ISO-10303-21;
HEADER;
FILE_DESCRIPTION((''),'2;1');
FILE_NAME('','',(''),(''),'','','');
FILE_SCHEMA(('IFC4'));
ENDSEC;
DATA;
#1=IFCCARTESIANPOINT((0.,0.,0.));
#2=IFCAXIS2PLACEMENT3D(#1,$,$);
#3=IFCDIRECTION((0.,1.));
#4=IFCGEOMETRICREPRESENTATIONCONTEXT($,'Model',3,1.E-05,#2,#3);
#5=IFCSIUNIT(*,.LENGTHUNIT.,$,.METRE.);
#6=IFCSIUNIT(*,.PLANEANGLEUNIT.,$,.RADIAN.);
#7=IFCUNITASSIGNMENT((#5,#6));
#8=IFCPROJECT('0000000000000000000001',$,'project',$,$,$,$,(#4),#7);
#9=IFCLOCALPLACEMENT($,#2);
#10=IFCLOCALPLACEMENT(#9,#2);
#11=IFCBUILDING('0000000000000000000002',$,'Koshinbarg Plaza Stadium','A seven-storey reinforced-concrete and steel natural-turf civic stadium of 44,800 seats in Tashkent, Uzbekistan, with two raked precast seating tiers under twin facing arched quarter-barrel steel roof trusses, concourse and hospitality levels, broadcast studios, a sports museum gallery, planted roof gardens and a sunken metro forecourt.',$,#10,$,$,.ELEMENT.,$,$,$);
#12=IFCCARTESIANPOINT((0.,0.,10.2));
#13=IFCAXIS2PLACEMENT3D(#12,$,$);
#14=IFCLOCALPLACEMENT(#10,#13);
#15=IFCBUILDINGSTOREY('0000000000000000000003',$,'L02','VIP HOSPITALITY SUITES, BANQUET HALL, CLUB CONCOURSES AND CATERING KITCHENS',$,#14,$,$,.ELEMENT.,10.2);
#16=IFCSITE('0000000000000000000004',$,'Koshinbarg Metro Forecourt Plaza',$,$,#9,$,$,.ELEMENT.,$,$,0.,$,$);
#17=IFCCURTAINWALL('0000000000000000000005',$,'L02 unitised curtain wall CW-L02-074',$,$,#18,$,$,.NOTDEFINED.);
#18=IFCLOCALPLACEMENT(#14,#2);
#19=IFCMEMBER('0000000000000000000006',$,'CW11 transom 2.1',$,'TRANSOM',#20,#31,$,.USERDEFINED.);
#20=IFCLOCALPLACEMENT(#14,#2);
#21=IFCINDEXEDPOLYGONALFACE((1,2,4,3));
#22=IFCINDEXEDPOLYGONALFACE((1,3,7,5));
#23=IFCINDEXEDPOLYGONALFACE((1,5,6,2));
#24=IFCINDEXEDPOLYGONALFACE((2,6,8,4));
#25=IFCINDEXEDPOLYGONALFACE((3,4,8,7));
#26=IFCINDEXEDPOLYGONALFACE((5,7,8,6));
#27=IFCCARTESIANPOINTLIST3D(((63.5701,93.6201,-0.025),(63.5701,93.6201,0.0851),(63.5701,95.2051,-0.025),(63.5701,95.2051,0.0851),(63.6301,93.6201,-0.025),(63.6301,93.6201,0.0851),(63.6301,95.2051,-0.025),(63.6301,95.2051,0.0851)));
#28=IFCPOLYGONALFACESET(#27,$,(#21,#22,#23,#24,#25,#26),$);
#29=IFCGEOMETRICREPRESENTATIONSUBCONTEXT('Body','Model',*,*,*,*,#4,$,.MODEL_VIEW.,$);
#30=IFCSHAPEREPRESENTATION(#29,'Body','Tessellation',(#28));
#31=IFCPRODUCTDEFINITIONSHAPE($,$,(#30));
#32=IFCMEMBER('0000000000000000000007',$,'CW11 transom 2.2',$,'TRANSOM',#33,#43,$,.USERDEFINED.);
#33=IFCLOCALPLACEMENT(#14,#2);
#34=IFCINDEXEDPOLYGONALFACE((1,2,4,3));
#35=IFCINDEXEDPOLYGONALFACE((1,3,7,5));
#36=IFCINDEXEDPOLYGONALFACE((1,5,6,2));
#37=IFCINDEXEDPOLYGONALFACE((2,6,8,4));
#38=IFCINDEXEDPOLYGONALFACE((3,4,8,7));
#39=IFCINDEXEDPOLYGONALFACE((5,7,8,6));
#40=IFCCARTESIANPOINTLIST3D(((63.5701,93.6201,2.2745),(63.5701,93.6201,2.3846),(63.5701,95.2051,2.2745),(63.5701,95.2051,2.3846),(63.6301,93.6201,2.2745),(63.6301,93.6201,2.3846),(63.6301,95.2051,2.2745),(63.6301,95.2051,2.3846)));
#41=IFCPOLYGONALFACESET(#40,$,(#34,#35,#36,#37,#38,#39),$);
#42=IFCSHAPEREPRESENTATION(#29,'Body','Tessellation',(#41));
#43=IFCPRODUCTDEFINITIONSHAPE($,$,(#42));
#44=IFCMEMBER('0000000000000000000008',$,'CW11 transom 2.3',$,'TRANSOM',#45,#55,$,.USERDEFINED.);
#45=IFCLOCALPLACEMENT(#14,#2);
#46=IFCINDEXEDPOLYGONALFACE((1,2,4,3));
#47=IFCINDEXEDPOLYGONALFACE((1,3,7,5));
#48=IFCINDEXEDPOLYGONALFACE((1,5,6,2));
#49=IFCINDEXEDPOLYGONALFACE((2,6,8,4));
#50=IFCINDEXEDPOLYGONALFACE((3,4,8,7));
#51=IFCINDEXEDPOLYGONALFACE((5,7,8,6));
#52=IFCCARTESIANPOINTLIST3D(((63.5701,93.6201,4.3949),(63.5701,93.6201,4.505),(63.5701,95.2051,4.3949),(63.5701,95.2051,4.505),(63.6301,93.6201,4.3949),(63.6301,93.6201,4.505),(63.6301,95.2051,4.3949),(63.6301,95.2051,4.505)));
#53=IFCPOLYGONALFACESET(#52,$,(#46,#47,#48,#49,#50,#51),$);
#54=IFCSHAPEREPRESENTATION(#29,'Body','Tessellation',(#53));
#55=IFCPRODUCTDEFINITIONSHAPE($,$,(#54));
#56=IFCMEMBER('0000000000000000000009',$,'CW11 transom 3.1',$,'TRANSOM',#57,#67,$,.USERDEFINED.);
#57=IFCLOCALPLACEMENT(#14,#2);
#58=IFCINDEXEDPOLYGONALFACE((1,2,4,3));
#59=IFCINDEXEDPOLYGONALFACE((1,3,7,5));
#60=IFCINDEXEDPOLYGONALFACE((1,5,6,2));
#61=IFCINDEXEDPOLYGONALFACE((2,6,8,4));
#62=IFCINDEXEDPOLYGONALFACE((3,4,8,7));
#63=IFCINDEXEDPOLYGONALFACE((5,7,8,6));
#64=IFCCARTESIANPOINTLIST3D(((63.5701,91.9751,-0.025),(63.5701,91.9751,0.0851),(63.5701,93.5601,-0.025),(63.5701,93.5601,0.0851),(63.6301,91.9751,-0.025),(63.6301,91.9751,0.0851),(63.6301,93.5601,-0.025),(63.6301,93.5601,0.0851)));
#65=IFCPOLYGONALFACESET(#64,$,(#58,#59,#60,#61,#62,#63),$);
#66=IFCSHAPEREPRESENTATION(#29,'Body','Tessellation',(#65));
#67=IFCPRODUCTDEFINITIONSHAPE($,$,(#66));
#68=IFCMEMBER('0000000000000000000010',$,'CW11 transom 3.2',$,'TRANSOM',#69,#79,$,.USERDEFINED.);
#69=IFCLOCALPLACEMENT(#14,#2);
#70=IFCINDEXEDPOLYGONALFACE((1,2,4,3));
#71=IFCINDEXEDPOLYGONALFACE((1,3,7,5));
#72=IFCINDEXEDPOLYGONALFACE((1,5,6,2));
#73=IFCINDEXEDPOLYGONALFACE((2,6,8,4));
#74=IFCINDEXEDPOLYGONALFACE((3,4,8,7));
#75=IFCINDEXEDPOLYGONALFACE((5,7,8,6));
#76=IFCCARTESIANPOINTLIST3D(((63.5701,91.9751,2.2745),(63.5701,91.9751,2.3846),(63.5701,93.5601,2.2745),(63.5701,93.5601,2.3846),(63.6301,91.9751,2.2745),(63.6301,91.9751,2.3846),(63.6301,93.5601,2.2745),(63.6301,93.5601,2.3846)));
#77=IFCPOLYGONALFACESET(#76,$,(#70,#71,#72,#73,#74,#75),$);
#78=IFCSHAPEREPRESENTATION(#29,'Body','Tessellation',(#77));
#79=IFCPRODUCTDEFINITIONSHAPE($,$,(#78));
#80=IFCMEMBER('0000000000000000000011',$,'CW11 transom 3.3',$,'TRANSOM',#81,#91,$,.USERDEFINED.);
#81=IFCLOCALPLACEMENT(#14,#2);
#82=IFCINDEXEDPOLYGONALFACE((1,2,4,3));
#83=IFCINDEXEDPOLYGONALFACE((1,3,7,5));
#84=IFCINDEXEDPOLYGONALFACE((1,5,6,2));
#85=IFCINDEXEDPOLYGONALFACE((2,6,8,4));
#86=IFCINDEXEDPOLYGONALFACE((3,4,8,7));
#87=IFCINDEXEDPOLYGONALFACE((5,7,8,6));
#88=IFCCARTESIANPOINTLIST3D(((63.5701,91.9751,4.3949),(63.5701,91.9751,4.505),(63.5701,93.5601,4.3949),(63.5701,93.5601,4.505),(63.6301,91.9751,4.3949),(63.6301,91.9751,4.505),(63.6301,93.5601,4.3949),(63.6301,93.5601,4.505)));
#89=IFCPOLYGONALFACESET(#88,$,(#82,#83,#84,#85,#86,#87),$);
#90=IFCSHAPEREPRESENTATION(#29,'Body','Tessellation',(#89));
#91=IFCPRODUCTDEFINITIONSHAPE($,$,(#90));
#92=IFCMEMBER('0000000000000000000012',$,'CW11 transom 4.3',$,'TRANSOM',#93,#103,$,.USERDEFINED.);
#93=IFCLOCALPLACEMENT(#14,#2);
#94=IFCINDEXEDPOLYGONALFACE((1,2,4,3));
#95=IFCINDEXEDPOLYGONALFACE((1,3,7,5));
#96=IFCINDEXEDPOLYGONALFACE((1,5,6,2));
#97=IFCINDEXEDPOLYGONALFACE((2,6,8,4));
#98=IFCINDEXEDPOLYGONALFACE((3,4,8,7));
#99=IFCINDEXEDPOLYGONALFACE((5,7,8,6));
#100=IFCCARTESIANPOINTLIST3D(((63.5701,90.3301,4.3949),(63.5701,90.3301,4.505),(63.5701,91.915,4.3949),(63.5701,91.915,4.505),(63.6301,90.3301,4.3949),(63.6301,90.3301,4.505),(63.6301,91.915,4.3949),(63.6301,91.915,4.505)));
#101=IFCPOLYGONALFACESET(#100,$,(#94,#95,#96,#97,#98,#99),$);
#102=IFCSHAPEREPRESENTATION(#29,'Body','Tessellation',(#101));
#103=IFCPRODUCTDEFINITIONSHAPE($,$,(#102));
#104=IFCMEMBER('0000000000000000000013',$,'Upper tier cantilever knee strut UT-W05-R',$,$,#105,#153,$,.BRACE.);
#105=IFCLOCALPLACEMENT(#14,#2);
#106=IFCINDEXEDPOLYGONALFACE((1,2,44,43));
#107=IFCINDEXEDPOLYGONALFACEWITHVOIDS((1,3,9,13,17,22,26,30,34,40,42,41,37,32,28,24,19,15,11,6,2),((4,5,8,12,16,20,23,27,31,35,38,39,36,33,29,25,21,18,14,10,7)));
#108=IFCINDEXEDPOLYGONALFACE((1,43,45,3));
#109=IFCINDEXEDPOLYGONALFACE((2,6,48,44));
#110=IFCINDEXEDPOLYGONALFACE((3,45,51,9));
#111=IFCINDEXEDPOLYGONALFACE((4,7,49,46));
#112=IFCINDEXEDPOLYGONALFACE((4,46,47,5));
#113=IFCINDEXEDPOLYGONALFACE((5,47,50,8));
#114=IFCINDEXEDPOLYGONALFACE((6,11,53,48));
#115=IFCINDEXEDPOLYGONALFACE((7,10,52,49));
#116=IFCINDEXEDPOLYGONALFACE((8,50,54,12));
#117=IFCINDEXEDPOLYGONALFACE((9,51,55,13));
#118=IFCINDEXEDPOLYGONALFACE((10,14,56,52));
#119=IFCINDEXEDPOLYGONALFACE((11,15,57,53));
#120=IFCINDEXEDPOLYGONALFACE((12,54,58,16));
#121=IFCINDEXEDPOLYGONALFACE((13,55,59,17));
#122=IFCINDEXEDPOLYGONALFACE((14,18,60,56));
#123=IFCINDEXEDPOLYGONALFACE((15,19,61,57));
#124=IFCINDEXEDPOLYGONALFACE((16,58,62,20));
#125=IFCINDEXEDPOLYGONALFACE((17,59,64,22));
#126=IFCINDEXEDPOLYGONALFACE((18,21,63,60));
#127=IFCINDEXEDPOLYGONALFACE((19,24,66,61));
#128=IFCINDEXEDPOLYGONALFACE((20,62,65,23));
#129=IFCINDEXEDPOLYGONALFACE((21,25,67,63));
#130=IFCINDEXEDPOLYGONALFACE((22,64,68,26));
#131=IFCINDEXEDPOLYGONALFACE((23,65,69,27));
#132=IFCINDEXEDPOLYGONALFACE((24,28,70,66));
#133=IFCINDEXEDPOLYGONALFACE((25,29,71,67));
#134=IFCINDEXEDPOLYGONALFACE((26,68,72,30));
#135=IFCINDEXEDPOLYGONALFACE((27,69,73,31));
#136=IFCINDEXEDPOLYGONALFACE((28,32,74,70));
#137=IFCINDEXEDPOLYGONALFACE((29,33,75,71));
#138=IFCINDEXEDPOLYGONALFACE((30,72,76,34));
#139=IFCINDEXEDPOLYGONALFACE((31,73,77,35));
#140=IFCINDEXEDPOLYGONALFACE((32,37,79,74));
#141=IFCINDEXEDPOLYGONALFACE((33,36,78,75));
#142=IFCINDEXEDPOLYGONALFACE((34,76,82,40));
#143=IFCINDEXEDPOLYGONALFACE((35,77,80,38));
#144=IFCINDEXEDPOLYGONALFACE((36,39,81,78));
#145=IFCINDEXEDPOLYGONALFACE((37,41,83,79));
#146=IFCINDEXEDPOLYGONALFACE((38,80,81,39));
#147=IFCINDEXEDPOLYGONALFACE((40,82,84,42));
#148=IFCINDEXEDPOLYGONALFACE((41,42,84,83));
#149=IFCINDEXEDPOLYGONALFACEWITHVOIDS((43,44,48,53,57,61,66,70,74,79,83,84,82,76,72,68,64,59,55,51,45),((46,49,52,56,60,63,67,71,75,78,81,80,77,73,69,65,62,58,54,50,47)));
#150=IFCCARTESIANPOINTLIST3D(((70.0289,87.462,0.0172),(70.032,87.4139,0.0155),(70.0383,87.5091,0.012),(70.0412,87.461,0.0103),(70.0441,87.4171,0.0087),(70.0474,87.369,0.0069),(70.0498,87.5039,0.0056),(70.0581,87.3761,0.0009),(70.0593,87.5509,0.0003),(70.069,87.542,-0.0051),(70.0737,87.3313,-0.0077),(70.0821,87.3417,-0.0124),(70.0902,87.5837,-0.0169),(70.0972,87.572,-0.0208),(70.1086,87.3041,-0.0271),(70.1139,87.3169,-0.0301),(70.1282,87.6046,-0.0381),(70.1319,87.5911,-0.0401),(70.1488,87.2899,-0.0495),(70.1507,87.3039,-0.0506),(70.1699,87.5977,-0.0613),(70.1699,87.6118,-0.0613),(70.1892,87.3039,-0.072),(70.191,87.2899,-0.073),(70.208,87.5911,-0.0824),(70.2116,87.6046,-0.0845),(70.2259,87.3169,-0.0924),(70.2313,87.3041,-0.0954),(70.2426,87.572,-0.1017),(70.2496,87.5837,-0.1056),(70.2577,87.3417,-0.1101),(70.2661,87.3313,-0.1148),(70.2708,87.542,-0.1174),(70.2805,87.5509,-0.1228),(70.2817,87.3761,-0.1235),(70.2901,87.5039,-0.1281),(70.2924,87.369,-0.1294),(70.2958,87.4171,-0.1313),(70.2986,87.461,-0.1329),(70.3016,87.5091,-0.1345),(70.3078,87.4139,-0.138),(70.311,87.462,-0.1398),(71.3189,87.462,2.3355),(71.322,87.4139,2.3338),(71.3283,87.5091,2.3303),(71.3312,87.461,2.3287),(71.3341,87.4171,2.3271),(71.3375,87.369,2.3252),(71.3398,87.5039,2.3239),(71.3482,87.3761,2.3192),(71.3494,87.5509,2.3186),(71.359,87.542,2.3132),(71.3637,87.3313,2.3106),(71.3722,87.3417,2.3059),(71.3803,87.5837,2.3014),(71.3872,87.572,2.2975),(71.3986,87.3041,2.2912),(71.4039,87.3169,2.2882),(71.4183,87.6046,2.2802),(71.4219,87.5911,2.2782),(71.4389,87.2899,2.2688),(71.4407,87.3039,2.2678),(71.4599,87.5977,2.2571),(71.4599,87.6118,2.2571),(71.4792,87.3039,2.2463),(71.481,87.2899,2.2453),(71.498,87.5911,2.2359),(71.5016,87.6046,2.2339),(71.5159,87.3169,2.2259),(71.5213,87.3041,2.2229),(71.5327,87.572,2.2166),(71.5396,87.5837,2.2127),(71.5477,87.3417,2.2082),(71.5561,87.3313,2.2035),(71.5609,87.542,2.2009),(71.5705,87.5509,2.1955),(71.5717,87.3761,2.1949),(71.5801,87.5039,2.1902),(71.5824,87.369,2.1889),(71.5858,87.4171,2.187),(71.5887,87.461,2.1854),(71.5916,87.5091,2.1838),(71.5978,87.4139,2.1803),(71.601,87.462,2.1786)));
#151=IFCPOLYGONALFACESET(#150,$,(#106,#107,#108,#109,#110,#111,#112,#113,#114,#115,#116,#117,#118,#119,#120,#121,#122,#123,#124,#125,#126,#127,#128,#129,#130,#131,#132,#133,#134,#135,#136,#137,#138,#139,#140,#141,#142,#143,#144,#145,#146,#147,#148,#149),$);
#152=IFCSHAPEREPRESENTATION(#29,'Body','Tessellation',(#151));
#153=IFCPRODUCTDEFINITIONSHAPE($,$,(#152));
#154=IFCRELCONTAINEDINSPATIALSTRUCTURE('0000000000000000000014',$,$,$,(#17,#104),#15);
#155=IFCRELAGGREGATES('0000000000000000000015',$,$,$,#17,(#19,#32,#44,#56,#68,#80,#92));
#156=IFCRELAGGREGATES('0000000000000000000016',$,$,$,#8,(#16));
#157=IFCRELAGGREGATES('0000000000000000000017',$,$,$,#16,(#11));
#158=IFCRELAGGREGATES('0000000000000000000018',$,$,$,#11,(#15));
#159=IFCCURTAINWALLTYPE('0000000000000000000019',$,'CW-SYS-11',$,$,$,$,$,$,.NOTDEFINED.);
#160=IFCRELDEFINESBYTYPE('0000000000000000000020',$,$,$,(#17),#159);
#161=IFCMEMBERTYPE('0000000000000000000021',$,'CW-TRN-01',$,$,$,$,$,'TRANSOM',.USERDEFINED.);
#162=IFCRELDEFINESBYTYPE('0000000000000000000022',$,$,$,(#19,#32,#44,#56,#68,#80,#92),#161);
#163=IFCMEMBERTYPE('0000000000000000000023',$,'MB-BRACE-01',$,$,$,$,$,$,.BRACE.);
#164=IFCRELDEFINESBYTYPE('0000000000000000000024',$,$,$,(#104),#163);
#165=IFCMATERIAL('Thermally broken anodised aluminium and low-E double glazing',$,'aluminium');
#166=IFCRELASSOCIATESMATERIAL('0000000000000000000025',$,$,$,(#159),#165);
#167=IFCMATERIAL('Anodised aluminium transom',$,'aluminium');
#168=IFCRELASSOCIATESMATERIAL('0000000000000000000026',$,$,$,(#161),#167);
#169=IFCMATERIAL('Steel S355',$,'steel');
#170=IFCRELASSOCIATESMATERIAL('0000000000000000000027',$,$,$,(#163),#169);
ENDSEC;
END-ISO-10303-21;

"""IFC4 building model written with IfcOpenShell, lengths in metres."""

from ifc_helpers import new_model, si_unit, direction, frame, origin, origin_2d, place, context, subcontext, project, spatial, rectangle, hollow_circle, extrude, material, material_profile, profile_set, type_object, element, aggregate, save


model = new_model("IFC4")

# Units and contexts
model_context = context("Model", 3, precision=1e-05, world=origin(), true_north=direction((0.0, 1.0)))
body_context = subcontext(model_context, "Body", "Model", "MODEL_VIEW")
ifc_project = project(units=[si_unit("LENGTHUNIT", "METRE"), si_unit("PLANEANGLEUNIT", "RADIAN")], contexts=[model_context])

# Site, building, storey
site_placement = place(None, origin())
site = spatial("IfcSite", under=ifc_project, at=site_placement, Name="Koshinbarg Metro Forecourt Plaza", CompositionType="ELEMENT", RefElevation=0.0)
building_placement = place(site_placement, origin())
building = spatial("IfcBuilding", under=site, at=building_placement, Name="Koshinbarg Plaza Stadium", Description="A seven-storey reinforced-concrete and steel natural-turf civic stadium of 44,800 seats in Tashkent, Uzbekistan, with two raked precast seating tiers under twin facing arched quarter-barrel steel roof trusses, concourse and hospitality levels, broadcast studios, a sports museum gallery, planted roof gardens and a sunken metro forecourt.", CompositionType="ELEMENT")
storey_placement = place(building_placement, frame((0.0, 0.0, 10.2)))
storey = spatial("IfcBuildingStorey", under=building, at=storey_placement, Name="L02", Description="VIP HOSPITALITY SUITES, BANQUET HALL, CLUB CONCOURSES AND CATERING KITCHENS", CompositionType="ELEMENT", Elevation=10.2)

# Curtain wall, members
ifc_material_1 = material(Name="Thermally broken anodised aluminium and low-E double glazing", Category="aluminium")
curtain_wall_type = type_object("IfcCurtainWallType", Name="CW-SYS-11", PredefinedType="NOTDEFINED", material=ifc_material_1)
curtain_wall_placement = place(storey_placement, origin())
curtain_wall = element("IfcCurtainWall", 1, at=curtain_wall_placement, inside=storey, type_object=curtain_wall_type, Name="L02 unitised curtain wall CW-L02-074", PredefinedType="NOTDEFINED")
ifc_material_2 = material(Name="Anodised aluminium transom", Category="aluminium")
ifc_material_profile_1 = material_profile(ifc_material_2, rectangle(XDim=0.0601, YDim=0.1101, at=origin_2d()), Name="ALU 60x110")
ifc_profile_set_1 = profile_set([ifc_material_profile_1], Name="Anodised aluminium transom")
member_type_1 = type_object("IfcMemberType", Name="CW-TRN-01", ElementType="TRANSOM", PredefinedType="USERDEFINED", material=ifc_profile_set_1)
member_1_placement = place(storey_placement, frame((63.6001, 95.2051, 0.03), z_axis=(0.0, -1.0, 0.0), x_axis=(1.0, 0.0, 0.0)))
member_1 = element("IfcMember", 2, at=member_1_placement, type_object=member_type_1, Name="CW11 transom 2.1", ObjectType="TRANSOM", PredefinedType="USERDEFINED", context=body_context, shape_type="SweptSolid", body=[
    extrude(rectangle(XDim=0.0601, YDim=0.1101, at=origin_2d()), origin(), (0.0, 0.0, 1.0), 1.585),
])
member_2_placement = place(storey_placement, frame((63.6001, 95.2051, 2.3296), z_axis=(0.0, -1.0, 0.0), x_axis=(1.0, 0.0, 0.0)))
member_2 = element("IfcMember", 3, at=member_2_placement, type_object=member_type_1, Name="CW11 transom 2.2", ObjectType="TRANSOM", PredefinedType="USERDEFINED", context=body_context, shape_type="SweptSolid", body=[
    extrude(rectangle(XDim=0.0601, YDim=0.1101, at=origin_2d()), origin(), (0.0, 0.0, 1.0), 1.585),
])
member_3_placement = place(storey_placement, frame((63.6001, 95.2051, 4.45), z_axis=(0.0, -1.0, 0.0), x_axis=(1.0, 0.0, 0.0)))
member_3 = element("IfcMember", 4, at=member_3_placement, type_object=member_type_1, Name="CW11 transom 2.3", ObjectType="TRANSOM", PredefinedType="USERDEFINED", context=body_context, shape_type="SweptSolid", body=[
    extrude(rectangle(XDim=0.0601, YDim=0.1101, at=origin_2d()), origin(), (0.0, 0.0, 1.0), 1.585),
])
member_4_placement = place(storey_placement, frame((63.6001, 93.5601, 0.03), z_axis=(0.0, -1.0, 0.0), x_axis=(1.0, 0.0, 0.0)))
member_4 = element("IfcMember", 5, at=member_4_placement, type_object=member_type_1, Name="CW11 transom 3.1", ObjectType="TRANSOM", PredefinedType="USERDEFINED", context=body_context, shape_type="SweptSolid", body=[
    extrude(rectangle(XDim=0.0601, YDim=0.1101, at=origin_2d()), origin(), (0.0, 0.0, 1.0), 1.585),
])
member_5_placement = place(storey_placement, frame((63.6001, 93.5601, 2.3296), z_axis=(0.0, -1.0, 0.0), x_axis=(1.0, 0.0, 0.0)))
member_5 = element("IfcMember", 6, at=member_5_placement, type_object=member_type_1, Name="CW11 transom 3.2", ObjectType="TRANSOM", PredefinedType="USERDEFINED", context=body_context, shape_type="SweptSolid", body=[
    extrude(rectangle(XDim=0.0601, YDim=0.1101, at=origin_2d()), origin(), (0.0, 0.0, 1.0), 1.585),
])
member_6_placement = place(storey_placement, frame((63.6001, 93.5601, 4.45), z_axis=(0.0, -1.0, 0.0), x_axis=(1.0, 0.0, 0.0)))
member_6 = element("IfcMember", 7, at=member_6_placement, type_object=member_type_1, Name="CW11 transom 3.3", ObjectType="TRANSOM", PredefinedType="USERDEFINED", context=body_context, shape_type="SweptSolid", body=[
    extrude(rectangle(XDim=0.0601, YDim=0.1101, at=origin_2d()), origin(), (0.0, 0.0, 1.0), 1.585),
])
member_7_placement = place(storey_placement, frame((63.6001, 91.915, 4.45), z_axis=(0.0, -1.0, 0.0), x_axis=(1.0, 0.0, 0.0)))
member_7 = element("IfcMember", 8, at=member_7_placement, type_object=member_type_1, Name="CW11 transom 4.3", ObjectType="TRANSOM", PredefinedType="USERDEFINED", context=body_context, shape_type="SweptSolid", body=[
    extrude(rectangle(XDim=0.0601, YDim=0.1101, at=origin_2d()), origin(), (0.0, 0.0, 1.0), 1.585),
])

# Member
ifc_material_3 = material(Name="Steel S355", Category="steel")
ifc_material_profile_2 = material_profile(ifc_material_3, hollow_circle(Radius=0.1619, WallThickness=0.0142, at=origin_2d()), Name="CHS 323.9x14.2")
ifc_profile_set_2 = profile_set([ifc_material_profile_2], Name="Steel S355")
member_type_2 = type_object("IfcMemberType", Name="MB-BRACE-01", PredefinedType="BRACE", material=ifc_profile_set_2)
member_8_placement = place(storey_placement, frame((70.1699, 87.45, -0.0613), z_axis=(0.486237, 0.0, 0.873827), x_axis=(0.0, 1.0, 0.0)))
element("IfcMember", 9, at=member_8_placement, inside=storey, type_object=member_type_2, Name="Upper tier cantilever knee strut UT-W05-R", PredefinedType="BRACE", context=body_context, shape_type="SweptSolid", body=[
    extrude(hollow_circle(Radius=0.1619, WallThickness=0.0142, at=origin_2d()), origin(), (0.0, 0.0, 1.0), 2.6531),
])

aggregate(curtain_wall, [member_1, member_2, member_3, member_4, member_5, member_6, member_7])

save(model, "model.ifc")
